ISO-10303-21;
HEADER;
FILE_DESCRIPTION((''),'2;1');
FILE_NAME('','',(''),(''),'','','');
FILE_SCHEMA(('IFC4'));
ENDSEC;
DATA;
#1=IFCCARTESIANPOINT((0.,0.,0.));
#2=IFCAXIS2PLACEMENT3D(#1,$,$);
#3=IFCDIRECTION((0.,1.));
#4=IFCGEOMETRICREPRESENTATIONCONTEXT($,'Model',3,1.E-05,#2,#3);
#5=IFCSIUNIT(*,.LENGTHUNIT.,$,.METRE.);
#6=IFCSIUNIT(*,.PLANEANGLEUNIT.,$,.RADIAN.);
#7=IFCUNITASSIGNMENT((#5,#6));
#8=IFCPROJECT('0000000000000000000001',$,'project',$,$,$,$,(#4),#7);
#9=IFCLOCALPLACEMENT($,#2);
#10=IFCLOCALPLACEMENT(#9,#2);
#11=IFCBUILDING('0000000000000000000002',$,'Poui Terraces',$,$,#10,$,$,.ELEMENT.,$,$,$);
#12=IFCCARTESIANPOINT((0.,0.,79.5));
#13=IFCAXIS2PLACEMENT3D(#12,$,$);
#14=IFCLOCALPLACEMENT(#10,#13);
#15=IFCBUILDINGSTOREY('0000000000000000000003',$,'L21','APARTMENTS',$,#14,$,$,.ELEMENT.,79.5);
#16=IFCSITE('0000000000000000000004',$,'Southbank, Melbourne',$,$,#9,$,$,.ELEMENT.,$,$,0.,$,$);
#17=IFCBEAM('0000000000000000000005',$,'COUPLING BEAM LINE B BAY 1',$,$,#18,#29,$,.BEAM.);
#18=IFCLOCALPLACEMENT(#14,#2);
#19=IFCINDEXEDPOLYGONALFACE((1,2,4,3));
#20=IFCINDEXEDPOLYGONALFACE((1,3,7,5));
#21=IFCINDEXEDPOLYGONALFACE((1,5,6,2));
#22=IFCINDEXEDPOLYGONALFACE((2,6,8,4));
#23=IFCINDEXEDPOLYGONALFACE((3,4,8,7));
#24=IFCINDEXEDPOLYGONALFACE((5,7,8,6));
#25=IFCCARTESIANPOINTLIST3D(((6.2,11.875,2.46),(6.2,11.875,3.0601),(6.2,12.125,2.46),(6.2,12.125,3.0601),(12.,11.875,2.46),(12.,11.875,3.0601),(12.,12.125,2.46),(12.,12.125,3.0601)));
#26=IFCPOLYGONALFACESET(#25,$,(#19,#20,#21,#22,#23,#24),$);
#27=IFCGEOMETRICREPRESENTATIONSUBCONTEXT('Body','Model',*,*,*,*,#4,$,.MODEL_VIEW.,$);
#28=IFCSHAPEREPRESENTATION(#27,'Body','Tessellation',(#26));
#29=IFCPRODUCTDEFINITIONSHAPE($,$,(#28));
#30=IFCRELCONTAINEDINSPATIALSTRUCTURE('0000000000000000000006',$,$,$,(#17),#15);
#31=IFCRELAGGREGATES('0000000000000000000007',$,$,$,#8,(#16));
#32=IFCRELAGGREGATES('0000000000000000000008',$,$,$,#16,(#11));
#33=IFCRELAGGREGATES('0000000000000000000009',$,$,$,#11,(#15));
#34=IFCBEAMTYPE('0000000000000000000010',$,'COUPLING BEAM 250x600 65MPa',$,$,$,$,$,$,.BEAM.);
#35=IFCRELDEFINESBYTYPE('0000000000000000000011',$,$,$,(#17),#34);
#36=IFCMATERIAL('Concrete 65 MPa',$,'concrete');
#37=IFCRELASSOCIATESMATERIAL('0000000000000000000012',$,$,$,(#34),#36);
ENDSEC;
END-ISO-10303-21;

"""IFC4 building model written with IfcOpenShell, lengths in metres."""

from ifc_helpers import new_model, si_unit, direction, frame, origin, origin_2d, place, context, subcontext, project, spatial, rectangle, extrude, source, transform, mapped, material, material_profile, profile_set, type_object, element, save


model = new_model("IFC4")

# Units and contexts
model_context = context("Model", 3, precision=1e-05, world=origin(), true_north=direction((0.0, 1.0)))
body_context = subcontext(model_context, "Body", "Model", "MODEL_VIEW")
ifc_project = project(units=[si_unit("LENGTHUNIT", "METRE"), si_unit("PLANEANGLEUNIT", "RADIAN")], contexts=[model_context])

# Site, building, storey
site_placement = place(None, origin())
site = spatial("IfcSite", under=ifc_project, at=site_placement, Name="Southbank, Melbourne", CompositionType="ELEMENT", RefElevation=0.0)
building_placement = place(site_placement, origin())
building = spatial("IfcBuilding", under=site, at=building_placement, Name="Poui Terraces", CompositionType="ELEMENT")
storey_placement = place(building_placement, frame((0.0, 0.0, 79.5)))
storey = spatial("IfcBuildingStorey", under=building, at=storey_placement, Name="L21", Description="APARTMENTS", CompositionType="ELEMENT", Elevation=79.5)

# Beam
ifc_material_1 = material(Name="Concrete 65 MPa", Category="concrete")
ifc_material_profile = material_profile(ifc_material_1, rectangle(XDim=0.25, YDim=0.6001, at=origin_2d()), Name="RC 250x600")
ifc_profile_set = profile_set([ifc_material_profile], Name="Concrete 65 MPa")
beam_type = type_object("IfcBeamType", Name="COUPLING BEAM 250x600 65MPa", PredefinedType="BEAM", material=ifc_profile_set)
shared_shape = source(origin(), body_context, "Body", "SweptSolid", [
    extrude(rectangle(XDim=0.25, YDim=0.6001, at=origin_2d()), origin(), (0.0, 0.0, 1.0), 5.8),
])
beam_placement = place(storey_placement, frame((6.2, 12.0, 2.76), z_axis=(1.0, 0.0, 0.0), x_axis=(0.0, 1.0, 0.0)))
element("IfcBeam", 1, at=beam_placement, inside=storey, type_object=beam_type, Name="COUPLING BEAM LINE B BAY 1", PredefinedType="BEAM", context=body_context, shape_type="MappedRepresentation", body=[
    mapped(shared_shape, transform((0.0, 0.0, 0.0))),
])

save(model, "model.ifc")
